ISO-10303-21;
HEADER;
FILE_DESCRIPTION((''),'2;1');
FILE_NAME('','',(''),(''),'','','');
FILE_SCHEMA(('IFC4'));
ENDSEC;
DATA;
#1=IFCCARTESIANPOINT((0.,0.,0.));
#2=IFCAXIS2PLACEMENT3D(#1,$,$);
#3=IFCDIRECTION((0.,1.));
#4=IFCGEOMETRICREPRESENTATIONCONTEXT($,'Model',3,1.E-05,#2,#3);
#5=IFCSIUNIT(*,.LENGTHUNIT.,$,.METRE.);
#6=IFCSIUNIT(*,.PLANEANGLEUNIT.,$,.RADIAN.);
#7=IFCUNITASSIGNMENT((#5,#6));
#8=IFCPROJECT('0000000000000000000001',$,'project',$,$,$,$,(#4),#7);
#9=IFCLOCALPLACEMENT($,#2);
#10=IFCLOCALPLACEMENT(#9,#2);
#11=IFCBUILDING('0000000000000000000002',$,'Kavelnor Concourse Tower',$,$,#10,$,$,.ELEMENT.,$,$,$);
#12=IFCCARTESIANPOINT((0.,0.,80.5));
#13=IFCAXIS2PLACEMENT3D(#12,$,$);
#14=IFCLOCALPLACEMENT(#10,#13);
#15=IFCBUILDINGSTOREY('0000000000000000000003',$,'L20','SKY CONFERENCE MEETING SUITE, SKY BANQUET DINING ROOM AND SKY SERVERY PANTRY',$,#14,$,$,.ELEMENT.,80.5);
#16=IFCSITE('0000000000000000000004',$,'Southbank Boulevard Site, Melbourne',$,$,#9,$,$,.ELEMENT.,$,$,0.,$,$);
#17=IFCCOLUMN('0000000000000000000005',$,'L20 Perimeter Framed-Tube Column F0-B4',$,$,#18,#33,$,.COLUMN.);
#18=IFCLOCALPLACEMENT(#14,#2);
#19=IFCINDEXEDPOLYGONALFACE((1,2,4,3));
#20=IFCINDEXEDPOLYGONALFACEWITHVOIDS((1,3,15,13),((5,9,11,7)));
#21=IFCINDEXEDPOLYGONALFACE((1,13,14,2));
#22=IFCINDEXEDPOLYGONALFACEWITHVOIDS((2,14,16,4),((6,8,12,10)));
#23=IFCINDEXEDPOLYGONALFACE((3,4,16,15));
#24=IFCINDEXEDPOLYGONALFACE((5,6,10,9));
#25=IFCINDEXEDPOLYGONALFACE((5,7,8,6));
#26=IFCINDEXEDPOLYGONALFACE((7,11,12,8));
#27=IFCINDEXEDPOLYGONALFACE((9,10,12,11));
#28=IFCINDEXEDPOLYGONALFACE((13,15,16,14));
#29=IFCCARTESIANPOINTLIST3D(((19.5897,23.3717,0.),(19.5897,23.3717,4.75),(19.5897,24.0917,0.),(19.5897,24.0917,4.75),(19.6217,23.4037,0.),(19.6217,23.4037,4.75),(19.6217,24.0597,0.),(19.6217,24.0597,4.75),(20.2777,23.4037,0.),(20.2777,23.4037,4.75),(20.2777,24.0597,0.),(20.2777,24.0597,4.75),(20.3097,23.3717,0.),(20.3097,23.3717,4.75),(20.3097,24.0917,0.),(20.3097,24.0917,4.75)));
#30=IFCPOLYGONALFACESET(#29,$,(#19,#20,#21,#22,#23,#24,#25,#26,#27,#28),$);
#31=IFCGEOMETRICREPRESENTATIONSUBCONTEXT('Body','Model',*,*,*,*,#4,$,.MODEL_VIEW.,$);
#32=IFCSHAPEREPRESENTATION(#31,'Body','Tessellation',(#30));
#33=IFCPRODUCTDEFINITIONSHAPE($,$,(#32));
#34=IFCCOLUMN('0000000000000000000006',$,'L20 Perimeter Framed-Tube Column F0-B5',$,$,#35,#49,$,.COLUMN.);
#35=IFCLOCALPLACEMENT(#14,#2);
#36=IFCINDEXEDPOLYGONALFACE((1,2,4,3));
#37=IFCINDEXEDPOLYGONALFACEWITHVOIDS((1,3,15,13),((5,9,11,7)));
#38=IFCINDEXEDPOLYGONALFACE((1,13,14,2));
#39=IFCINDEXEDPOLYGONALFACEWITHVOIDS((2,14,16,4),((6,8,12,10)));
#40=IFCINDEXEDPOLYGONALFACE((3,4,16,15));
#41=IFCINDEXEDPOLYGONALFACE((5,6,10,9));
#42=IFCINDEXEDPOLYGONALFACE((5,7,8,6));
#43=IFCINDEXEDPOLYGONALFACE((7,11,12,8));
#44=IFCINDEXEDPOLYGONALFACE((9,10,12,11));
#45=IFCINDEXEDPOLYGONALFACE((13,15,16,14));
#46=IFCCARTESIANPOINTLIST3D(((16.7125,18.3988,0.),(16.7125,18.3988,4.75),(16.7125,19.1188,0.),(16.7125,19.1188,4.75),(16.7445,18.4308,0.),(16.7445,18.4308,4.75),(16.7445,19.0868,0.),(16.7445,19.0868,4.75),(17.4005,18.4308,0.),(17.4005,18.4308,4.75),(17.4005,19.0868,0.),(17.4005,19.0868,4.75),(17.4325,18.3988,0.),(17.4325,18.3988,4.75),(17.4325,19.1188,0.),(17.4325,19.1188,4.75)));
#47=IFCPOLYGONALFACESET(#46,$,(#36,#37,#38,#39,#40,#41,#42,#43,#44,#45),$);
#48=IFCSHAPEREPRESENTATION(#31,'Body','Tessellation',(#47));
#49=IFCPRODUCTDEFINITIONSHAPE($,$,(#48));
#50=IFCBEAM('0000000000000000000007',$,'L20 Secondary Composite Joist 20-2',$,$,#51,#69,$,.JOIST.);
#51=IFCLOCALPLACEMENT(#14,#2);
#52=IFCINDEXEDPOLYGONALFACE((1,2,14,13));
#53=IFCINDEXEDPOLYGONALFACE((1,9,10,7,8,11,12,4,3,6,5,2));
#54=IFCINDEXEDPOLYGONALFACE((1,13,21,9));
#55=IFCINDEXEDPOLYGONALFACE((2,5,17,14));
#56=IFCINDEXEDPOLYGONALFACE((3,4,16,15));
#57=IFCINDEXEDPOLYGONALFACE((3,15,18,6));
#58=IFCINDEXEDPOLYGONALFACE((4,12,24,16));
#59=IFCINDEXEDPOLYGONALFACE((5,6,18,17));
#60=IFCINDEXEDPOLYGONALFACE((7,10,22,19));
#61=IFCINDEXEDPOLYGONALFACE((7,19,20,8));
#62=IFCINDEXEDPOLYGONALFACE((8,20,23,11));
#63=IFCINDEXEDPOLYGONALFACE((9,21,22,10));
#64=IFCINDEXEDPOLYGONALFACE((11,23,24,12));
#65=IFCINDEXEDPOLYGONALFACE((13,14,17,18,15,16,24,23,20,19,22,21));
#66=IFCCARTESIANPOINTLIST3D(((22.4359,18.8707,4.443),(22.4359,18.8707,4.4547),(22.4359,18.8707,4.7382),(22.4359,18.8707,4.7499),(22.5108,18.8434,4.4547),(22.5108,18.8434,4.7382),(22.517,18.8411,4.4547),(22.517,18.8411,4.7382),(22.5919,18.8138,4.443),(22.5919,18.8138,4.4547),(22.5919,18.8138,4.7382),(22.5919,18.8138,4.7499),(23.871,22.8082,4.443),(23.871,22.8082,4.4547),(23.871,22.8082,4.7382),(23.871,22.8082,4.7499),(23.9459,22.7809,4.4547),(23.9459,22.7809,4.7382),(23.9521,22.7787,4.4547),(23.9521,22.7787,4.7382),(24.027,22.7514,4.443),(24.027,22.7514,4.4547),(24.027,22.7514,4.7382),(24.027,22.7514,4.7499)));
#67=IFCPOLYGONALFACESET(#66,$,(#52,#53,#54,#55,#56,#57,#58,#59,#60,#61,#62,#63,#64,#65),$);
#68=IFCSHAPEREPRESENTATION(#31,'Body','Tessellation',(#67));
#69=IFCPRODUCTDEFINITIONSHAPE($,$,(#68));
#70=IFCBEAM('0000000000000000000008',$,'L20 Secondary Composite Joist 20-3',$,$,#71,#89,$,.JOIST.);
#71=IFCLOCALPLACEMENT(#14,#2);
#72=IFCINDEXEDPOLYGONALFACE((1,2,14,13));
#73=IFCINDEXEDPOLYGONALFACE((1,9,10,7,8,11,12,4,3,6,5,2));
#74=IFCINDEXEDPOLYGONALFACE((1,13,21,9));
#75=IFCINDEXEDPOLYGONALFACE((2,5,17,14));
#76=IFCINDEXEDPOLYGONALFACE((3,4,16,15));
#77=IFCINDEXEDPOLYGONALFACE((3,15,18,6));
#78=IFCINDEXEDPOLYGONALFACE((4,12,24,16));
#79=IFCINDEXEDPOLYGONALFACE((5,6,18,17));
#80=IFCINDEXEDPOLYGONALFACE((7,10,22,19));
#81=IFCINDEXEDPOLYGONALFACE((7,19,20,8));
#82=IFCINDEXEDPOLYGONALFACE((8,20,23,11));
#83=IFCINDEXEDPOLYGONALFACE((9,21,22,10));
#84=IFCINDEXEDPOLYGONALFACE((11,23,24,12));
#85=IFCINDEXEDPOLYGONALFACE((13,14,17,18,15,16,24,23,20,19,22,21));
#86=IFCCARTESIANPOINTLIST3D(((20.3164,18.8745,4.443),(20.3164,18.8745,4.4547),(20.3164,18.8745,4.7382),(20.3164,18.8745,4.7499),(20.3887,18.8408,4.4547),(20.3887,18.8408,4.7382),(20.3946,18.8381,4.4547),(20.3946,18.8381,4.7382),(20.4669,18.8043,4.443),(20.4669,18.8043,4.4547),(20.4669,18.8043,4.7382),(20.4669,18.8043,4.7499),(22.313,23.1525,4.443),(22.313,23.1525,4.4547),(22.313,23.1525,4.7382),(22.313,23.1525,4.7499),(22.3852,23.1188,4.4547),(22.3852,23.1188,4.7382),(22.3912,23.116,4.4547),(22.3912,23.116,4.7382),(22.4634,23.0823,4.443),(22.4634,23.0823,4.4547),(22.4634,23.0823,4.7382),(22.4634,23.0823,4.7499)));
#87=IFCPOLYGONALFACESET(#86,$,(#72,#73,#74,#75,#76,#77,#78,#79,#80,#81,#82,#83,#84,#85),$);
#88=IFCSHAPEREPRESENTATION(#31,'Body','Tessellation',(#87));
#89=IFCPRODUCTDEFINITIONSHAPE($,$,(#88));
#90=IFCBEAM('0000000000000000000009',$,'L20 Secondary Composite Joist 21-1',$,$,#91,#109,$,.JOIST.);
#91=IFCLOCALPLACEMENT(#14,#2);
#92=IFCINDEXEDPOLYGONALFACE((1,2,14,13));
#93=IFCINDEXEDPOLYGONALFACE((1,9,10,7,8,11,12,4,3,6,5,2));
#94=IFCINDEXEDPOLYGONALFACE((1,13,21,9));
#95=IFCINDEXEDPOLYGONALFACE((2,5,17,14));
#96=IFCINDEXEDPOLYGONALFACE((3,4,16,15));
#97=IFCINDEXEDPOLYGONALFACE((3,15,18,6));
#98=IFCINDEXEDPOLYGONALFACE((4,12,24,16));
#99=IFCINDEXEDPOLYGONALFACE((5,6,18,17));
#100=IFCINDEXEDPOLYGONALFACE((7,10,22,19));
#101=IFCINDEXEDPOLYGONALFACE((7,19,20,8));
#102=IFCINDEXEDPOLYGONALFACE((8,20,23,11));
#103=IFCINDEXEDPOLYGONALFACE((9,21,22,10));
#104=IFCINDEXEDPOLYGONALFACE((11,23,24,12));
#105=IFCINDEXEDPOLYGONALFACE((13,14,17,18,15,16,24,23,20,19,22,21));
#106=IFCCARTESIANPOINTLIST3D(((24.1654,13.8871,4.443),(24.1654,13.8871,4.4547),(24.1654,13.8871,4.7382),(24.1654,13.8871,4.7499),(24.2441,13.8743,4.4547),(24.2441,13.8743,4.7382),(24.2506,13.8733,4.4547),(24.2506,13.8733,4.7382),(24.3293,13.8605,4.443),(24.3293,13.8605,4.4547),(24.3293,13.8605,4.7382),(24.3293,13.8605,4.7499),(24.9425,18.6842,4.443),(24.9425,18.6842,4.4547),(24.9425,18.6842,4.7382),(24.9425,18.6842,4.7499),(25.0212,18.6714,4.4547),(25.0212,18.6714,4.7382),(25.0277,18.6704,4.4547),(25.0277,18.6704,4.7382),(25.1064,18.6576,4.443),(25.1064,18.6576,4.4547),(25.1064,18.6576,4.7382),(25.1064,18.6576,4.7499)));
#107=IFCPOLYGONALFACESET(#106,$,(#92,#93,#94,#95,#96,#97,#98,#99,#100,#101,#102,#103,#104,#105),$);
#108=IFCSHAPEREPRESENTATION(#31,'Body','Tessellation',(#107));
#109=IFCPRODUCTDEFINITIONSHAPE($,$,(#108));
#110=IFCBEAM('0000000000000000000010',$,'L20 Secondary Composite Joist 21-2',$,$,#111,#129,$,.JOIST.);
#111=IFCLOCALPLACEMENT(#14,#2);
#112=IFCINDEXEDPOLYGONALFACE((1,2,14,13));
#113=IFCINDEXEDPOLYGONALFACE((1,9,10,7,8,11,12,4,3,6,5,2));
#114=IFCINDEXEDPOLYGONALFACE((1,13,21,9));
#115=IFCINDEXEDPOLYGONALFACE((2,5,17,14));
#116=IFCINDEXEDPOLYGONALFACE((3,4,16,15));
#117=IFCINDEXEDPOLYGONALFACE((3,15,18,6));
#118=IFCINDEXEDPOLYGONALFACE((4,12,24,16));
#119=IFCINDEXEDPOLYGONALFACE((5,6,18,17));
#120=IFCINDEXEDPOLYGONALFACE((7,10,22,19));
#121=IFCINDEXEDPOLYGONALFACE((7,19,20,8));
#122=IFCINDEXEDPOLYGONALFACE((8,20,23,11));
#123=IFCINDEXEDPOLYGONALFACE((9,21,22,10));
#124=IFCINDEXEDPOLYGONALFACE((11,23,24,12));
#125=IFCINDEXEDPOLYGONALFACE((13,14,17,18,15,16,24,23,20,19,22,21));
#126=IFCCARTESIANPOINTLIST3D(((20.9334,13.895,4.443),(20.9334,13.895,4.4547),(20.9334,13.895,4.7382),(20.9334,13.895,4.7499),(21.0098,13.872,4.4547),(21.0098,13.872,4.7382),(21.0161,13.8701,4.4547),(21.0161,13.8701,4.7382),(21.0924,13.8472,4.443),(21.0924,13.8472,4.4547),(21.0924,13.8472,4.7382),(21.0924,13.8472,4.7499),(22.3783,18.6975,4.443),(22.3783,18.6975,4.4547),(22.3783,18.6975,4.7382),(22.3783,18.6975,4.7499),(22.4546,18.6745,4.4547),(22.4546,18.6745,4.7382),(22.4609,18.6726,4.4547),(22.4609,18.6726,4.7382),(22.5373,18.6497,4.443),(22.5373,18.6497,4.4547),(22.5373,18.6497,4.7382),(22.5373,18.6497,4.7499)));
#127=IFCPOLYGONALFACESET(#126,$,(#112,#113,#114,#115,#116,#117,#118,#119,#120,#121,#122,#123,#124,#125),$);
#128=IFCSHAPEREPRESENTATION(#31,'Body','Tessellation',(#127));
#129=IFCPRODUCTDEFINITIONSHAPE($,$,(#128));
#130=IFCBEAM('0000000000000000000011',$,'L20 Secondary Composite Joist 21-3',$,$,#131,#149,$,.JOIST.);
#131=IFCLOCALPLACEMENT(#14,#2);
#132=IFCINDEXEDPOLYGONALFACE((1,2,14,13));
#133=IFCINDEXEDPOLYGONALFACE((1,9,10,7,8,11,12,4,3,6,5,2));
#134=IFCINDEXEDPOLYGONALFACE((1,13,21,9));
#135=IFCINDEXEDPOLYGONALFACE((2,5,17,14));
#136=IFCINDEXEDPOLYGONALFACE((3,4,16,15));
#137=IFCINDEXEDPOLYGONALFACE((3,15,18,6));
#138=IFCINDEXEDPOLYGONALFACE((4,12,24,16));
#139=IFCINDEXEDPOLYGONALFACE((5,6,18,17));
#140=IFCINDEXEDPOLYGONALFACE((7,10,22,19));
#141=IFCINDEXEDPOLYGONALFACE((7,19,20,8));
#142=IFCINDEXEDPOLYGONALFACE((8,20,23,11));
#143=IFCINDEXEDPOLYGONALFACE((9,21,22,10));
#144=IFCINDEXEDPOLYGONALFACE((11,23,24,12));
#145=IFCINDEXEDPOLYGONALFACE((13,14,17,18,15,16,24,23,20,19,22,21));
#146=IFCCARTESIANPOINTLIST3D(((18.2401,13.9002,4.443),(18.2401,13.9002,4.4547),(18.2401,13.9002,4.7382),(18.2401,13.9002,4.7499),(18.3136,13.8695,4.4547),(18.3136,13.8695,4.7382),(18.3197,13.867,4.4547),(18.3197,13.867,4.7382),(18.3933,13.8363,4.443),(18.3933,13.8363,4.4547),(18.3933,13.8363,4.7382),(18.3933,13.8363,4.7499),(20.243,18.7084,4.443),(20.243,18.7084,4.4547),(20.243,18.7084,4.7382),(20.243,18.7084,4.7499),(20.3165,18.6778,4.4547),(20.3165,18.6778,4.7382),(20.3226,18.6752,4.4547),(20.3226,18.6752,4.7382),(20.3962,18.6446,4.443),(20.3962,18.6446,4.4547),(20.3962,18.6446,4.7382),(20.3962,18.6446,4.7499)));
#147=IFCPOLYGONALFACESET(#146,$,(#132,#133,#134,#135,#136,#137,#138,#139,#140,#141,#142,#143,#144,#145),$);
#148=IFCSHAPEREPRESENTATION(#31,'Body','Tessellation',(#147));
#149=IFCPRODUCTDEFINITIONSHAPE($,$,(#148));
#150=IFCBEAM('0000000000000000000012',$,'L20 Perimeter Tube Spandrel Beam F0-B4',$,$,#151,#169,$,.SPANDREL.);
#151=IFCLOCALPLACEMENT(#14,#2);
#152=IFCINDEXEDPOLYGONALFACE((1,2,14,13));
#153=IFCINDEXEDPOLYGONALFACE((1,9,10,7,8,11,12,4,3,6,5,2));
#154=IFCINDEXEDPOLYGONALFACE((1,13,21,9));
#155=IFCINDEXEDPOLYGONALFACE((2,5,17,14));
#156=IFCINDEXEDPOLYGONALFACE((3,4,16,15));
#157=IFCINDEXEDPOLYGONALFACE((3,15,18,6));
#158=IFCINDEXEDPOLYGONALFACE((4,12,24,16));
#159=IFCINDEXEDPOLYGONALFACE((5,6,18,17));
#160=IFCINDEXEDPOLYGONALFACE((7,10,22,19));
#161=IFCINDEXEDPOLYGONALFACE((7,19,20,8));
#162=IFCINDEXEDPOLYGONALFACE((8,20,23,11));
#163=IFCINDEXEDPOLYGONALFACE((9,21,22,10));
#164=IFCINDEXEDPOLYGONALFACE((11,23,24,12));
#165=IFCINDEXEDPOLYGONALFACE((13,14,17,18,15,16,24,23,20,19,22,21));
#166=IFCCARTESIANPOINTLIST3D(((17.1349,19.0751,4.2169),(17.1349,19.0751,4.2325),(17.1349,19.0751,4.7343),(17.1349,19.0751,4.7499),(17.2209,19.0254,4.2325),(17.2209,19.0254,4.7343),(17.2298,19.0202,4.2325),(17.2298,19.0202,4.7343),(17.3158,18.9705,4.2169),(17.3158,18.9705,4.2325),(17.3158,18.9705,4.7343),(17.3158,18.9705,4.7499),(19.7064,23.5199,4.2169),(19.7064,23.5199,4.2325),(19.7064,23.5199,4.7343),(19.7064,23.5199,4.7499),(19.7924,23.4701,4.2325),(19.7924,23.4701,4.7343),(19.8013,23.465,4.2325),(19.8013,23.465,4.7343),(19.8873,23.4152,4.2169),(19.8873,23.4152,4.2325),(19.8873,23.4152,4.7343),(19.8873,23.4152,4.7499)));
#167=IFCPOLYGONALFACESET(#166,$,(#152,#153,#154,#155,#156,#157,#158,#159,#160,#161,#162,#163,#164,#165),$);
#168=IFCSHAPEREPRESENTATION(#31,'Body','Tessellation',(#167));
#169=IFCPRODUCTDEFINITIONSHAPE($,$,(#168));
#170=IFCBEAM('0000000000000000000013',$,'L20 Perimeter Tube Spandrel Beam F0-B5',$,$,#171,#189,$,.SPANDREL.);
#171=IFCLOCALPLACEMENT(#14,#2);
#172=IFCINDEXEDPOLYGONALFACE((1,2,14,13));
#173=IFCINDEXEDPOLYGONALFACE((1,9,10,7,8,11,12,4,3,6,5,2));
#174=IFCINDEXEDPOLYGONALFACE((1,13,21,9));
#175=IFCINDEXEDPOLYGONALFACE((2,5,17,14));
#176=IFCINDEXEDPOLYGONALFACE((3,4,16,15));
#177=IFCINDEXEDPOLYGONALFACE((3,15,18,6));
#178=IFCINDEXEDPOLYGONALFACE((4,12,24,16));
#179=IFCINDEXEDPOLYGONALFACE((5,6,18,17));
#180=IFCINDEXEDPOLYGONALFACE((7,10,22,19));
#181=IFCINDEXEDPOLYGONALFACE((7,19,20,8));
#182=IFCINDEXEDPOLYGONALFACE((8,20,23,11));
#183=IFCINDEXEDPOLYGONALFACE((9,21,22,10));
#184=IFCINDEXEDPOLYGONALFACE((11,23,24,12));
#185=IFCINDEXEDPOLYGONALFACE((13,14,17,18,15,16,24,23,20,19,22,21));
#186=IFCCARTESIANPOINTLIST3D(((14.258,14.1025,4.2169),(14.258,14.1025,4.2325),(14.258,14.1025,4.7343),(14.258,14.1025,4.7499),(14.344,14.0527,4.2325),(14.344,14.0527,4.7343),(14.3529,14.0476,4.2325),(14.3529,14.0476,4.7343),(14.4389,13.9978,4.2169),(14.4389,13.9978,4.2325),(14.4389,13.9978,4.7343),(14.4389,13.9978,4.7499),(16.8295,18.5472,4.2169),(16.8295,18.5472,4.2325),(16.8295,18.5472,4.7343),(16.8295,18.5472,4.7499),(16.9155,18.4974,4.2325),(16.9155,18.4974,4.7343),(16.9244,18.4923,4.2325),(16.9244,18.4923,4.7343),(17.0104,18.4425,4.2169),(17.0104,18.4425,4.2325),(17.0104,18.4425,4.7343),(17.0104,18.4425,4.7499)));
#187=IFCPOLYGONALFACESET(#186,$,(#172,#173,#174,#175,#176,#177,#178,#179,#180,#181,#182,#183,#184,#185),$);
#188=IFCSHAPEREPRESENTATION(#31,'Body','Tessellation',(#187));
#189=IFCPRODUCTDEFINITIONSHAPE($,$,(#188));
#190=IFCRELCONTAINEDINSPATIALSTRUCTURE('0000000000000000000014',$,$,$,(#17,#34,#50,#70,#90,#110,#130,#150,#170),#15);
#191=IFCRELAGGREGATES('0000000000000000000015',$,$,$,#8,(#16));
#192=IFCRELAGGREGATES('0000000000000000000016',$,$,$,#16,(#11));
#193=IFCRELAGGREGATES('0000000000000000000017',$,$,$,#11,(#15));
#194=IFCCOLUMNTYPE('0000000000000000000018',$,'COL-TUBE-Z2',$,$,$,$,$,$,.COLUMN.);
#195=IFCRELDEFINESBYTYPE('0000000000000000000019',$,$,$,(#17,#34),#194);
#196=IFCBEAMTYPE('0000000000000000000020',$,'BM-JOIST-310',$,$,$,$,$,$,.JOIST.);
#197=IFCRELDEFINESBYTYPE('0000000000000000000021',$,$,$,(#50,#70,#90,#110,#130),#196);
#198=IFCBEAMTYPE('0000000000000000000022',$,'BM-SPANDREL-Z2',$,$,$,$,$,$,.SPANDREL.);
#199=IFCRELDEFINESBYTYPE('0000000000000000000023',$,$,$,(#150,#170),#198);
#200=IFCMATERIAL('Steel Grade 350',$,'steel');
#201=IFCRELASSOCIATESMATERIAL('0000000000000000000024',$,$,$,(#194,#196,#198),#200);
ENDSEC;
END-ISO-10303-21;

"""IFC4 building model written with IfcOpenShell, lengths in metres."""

from ifc_helpers import new_model, si_unit, direction, frame, origin, origin_2d, place, context, subcontext, project, spatial, hollow_rectangle, i_section, extrude, material, material_profile, profile_set, type_object, element, save


model = new_model("IFC4")

# Units and contexts
model_context = context("Model", 3, precision=1e-05, world=origin(), true_north=direction((0.0, 1.0)))
body_context = subcontext(model_context, "Body", "Model", "MODEL_VIEW")
ifc_project = project(units=[si_unit("LENGTHUNIT", "METRE"), si_unit("PLANEANGLEUNIT", "RADIAN")], contexts=[model_context])

# Site, building, storey
site_placement = place(None, origin())
site = spatial("IfcSite", under=ifc_project, at=site_placement, Name="Southbank Boulevard Site, Melbourne", CompositionType="ELEMENT", RefElevation=0.0)
building_placement = place(site_placement, origin())
building = spatial("IfcBuilding", under=site, at=building_placement, Name="Kavelnor Concourse Tower", CompositionType="ELEMENT")
storey_placement = place(building_placement, frame((0.0, 0.0, 80.5)))
storey = spatial("IfcBuildingStorey", under=building, at=storey_placement, Name="L20", Description="SKY CONFERENCE MEETING SUITE, SKY BANQUET DINING ROOM AND SKY SERVERY PANTRY", CompositionType="ELEMENT", Elevation=80.5)

# Columns
ifc_material_1 = material(Name="Steel Grade 350", Category="steel")
ifc_material_profile_1 = material_profile(ifc_material_1, hollow_rectangle(XDim=0.72, YDim=0.72, WallThickness=0.032, at=origin_2d()), Name="SHS 720x720x32")
ifc_profile_set_1 = profile_set([ifc_material_profile_1], Name="Steel Grade 350")
column_type = type_object("IfcColumnType", Name="COL-TUBE-Z2", PredefinedType="COLUMN", material=ifc_profile_set_1)
for number, where, z_axis, x_axis, name in (
    (1, (19.9497, 23.7317, 0.0), (0.0, 0.0, 1.0), (1.0, 0.0, 0.0), "L20 Perimeter Framed-Tube Column F0-B4"),
    (2, (17.0725, 18.7588, 0.0), (0.0, 0.0, 1.0), (1.0, 0.0, 0.0), "L20 Perimeter Framed-Tube Column F0-B5"),
):
    element("IfcColumn", number, at=place(storey_placement, frame(where, z_axis=z_axis, x_axis=x_axis)), inside=storey, type_object=column_type, Name=name, PredefinedType="COLUMN", context=body_context, shape_type="SweptSolid", body=[
        extrude(hollow_rectangle(XDim=0.72, YDim=0.72, WallThickness=0.032, at=origin_2d()), origin(), (0.0, 0.0, 1.0), 4.75),
    ])

# Beams
ifc_material_profile_2 = material_profile(ifc_material_1, i_section(OverallWidth=0.166, OverallDepth=0.3069, WebThickness=0.0066, FlangeThickness=0.0117, at=origin_2d()), Name="310UB46")
ifc_profile_set_2 = profile_set([ifc_material_profile_2], Name="Steel Grade 350")
beam_type_1 = type_object("IfcBeamType", Name="BM-JOIST-310", PredefinedType="JOIST", material=ifc_profile_set_2)
beam_1_placement = place(storey_placement, frame((23.949, 22.7798, 4.5964), z_axis=(-0.342426, -0.939545, 0.0), x_axis=(0.939545, -0.342426, 0.0)))
element("IfcBeam", 3, at=beam_1_placement, inside=storey, type_object=beam_type_1, Name="L20 Secondary Composite Joist 20-2", PredefinedType="JOIST", context=body_context, shape_type="SweptSolid", body=[
    extrude(i_section(OverallWidth=0.166, OverallDepth=0.3069, WebThickness=0.0066, FlangeThickness=0.0117, at=origin_2d()), origin(), (0.0, 0.0, 1.0), 4.1909),
])
beam_2_placement = place(storey_placement, frame((22.3882, 23.1174, 4.5964), z_axis=(-0.422911, -0.906171, 0.0), x_axis=(0.906171, -0.422911, 0.0)))
element("IfcBeam", 4, at=beam_2_placement, inside=storey, type_object=beam_type_1, Name="L20 Secondary Composite Joist 20-3", PredefinedType="JOIST", context=body_context, shape_type="SweptSolid", body=[
    extrude(i_section(OverallWidth=0.166, OverallDepth=0.3069, WebThickness=0.0066, FlangeThickness=0.0117, at=origin_2d()), origin(), (0.0, 0.0, 1.0), 4.7209),
])
beam_3_placement = place(storey_placement, frame((25.0244, 18.6709, 4.5964), z_axis=(-0.159908, -0.987132, 0.0), x_axis=(0.987132, -0.159908, 0.0)))
element("IfcBeam", 5, at=beam_3_placement, inside=storey, type_object=beam_type_1, Name="L20 Secondary Composite Joist 21-1", PredefinedType="JOIST", context=body_context, shape_type="SweptSolid", body=[
    extrude(i_section(OverallWidth=0.166, OverallDepth=0.3069, WebThickness=0.0066, FlangeThickness=0.0117, at=origin_2d()), origin(), (0.0, 0.0, 1.0), 4.8596),
])
beam_4_placement = place(storey_placement, frame((22.4578, 18.6736, 4.5964), z_axis=(-0.288094, -0.957602, 0.0), x_axis=(0.957602, -0.288094, 0.0)))
element("IfcBeam", 6, at=beam_4_placement, inside=storey, type_object=beam_type_1, Name="L20 Secondary Composite Joist 21-2", PredefinedType="JOIST", context=body_context, shape_type="SweptSolid", body=[
    extrude(i_section(OverallWidth=0.166, OverallDepth=0.3069, WebThickness=0.0066, FlangeThickness=0.0117, at=origin_2d()), origin(), (0.0, 0.0, 1.0), 5.0151),
])
beam_5_placement = place(storey_placement, frame((20.3196, 18.6765, 4.5964), z_axis=(-0.384526, -0.923114, 0.0), x_axis=(0.923114, -0.384526, 0.0)))
element("IfcBeam", 7, at=beam_5_placement, inside=storey, type_object=beam_type_1, Name="L20 Secondary Composite Joist 21-3", PredefinedType="JOIST", context=body_context, shape_type="SweptSolid", body=[
    extrude(i_section(OverallWidth=0.166, OverallDepth=0.3069, WebThickness=0.0066, FlangeThickness=0.0117, at=origin_2d()), origin(), (0.0, 0.0, 1.0), 5.2087),
])
ifc_material_profile_3 = material_profile(ifc_material_1, i_section(OverallWidth=0.209, OverallDepth=0.533, WebThickness=0.0103, FlangeThickness=0.0156, at=origin_2d()), Name="530UB92")
ifc_profile_set_3 = profile_set([ifc_material_profile_3], Name="Steel Grade 350")
beam_type_2 = type_object("IfcBeamType", Name="BM-SPANDREL-Z2", PredefinedType="SPANDREL", material=ifc_profile_set_3)
for number, where, z_axis, x_axis, name in (
    (8, (19.7969, 23.4675, 4.4834), (-0.500776, -0.865577, 0.0), (0.865577, -0.500776, 0.0), "L20 Perimeter Tube Spandrel Beam F0-B4"),
    (9, (16.9199, 18.4949, 4.4834), (-0.500776, -0.865577, 0.0), (0.865577, -0.500776, 0.0), "L20 Perimeter Tube Spandrel Beam F0-B5"),
):
    element("IfcBeam", number, at=place(storey_placement, frame(where, z_axis=z_axis, x_axis=x_axis)), inside=storey, type_object=beam_type_2, Name=name, PredefinedType="SPANDREL", context=body_context, shape_type="SweptSolid", body=[
        extrude(i_section(OverallWidth=0.209, OverallDepth=0.533, WebThickness=0.0103, FlangeThickness=0.0156, at=origin_2d()), origin(), (0.0, 0.0, 1.0), 5.135),
    ])

save(model, "model.ifc")
